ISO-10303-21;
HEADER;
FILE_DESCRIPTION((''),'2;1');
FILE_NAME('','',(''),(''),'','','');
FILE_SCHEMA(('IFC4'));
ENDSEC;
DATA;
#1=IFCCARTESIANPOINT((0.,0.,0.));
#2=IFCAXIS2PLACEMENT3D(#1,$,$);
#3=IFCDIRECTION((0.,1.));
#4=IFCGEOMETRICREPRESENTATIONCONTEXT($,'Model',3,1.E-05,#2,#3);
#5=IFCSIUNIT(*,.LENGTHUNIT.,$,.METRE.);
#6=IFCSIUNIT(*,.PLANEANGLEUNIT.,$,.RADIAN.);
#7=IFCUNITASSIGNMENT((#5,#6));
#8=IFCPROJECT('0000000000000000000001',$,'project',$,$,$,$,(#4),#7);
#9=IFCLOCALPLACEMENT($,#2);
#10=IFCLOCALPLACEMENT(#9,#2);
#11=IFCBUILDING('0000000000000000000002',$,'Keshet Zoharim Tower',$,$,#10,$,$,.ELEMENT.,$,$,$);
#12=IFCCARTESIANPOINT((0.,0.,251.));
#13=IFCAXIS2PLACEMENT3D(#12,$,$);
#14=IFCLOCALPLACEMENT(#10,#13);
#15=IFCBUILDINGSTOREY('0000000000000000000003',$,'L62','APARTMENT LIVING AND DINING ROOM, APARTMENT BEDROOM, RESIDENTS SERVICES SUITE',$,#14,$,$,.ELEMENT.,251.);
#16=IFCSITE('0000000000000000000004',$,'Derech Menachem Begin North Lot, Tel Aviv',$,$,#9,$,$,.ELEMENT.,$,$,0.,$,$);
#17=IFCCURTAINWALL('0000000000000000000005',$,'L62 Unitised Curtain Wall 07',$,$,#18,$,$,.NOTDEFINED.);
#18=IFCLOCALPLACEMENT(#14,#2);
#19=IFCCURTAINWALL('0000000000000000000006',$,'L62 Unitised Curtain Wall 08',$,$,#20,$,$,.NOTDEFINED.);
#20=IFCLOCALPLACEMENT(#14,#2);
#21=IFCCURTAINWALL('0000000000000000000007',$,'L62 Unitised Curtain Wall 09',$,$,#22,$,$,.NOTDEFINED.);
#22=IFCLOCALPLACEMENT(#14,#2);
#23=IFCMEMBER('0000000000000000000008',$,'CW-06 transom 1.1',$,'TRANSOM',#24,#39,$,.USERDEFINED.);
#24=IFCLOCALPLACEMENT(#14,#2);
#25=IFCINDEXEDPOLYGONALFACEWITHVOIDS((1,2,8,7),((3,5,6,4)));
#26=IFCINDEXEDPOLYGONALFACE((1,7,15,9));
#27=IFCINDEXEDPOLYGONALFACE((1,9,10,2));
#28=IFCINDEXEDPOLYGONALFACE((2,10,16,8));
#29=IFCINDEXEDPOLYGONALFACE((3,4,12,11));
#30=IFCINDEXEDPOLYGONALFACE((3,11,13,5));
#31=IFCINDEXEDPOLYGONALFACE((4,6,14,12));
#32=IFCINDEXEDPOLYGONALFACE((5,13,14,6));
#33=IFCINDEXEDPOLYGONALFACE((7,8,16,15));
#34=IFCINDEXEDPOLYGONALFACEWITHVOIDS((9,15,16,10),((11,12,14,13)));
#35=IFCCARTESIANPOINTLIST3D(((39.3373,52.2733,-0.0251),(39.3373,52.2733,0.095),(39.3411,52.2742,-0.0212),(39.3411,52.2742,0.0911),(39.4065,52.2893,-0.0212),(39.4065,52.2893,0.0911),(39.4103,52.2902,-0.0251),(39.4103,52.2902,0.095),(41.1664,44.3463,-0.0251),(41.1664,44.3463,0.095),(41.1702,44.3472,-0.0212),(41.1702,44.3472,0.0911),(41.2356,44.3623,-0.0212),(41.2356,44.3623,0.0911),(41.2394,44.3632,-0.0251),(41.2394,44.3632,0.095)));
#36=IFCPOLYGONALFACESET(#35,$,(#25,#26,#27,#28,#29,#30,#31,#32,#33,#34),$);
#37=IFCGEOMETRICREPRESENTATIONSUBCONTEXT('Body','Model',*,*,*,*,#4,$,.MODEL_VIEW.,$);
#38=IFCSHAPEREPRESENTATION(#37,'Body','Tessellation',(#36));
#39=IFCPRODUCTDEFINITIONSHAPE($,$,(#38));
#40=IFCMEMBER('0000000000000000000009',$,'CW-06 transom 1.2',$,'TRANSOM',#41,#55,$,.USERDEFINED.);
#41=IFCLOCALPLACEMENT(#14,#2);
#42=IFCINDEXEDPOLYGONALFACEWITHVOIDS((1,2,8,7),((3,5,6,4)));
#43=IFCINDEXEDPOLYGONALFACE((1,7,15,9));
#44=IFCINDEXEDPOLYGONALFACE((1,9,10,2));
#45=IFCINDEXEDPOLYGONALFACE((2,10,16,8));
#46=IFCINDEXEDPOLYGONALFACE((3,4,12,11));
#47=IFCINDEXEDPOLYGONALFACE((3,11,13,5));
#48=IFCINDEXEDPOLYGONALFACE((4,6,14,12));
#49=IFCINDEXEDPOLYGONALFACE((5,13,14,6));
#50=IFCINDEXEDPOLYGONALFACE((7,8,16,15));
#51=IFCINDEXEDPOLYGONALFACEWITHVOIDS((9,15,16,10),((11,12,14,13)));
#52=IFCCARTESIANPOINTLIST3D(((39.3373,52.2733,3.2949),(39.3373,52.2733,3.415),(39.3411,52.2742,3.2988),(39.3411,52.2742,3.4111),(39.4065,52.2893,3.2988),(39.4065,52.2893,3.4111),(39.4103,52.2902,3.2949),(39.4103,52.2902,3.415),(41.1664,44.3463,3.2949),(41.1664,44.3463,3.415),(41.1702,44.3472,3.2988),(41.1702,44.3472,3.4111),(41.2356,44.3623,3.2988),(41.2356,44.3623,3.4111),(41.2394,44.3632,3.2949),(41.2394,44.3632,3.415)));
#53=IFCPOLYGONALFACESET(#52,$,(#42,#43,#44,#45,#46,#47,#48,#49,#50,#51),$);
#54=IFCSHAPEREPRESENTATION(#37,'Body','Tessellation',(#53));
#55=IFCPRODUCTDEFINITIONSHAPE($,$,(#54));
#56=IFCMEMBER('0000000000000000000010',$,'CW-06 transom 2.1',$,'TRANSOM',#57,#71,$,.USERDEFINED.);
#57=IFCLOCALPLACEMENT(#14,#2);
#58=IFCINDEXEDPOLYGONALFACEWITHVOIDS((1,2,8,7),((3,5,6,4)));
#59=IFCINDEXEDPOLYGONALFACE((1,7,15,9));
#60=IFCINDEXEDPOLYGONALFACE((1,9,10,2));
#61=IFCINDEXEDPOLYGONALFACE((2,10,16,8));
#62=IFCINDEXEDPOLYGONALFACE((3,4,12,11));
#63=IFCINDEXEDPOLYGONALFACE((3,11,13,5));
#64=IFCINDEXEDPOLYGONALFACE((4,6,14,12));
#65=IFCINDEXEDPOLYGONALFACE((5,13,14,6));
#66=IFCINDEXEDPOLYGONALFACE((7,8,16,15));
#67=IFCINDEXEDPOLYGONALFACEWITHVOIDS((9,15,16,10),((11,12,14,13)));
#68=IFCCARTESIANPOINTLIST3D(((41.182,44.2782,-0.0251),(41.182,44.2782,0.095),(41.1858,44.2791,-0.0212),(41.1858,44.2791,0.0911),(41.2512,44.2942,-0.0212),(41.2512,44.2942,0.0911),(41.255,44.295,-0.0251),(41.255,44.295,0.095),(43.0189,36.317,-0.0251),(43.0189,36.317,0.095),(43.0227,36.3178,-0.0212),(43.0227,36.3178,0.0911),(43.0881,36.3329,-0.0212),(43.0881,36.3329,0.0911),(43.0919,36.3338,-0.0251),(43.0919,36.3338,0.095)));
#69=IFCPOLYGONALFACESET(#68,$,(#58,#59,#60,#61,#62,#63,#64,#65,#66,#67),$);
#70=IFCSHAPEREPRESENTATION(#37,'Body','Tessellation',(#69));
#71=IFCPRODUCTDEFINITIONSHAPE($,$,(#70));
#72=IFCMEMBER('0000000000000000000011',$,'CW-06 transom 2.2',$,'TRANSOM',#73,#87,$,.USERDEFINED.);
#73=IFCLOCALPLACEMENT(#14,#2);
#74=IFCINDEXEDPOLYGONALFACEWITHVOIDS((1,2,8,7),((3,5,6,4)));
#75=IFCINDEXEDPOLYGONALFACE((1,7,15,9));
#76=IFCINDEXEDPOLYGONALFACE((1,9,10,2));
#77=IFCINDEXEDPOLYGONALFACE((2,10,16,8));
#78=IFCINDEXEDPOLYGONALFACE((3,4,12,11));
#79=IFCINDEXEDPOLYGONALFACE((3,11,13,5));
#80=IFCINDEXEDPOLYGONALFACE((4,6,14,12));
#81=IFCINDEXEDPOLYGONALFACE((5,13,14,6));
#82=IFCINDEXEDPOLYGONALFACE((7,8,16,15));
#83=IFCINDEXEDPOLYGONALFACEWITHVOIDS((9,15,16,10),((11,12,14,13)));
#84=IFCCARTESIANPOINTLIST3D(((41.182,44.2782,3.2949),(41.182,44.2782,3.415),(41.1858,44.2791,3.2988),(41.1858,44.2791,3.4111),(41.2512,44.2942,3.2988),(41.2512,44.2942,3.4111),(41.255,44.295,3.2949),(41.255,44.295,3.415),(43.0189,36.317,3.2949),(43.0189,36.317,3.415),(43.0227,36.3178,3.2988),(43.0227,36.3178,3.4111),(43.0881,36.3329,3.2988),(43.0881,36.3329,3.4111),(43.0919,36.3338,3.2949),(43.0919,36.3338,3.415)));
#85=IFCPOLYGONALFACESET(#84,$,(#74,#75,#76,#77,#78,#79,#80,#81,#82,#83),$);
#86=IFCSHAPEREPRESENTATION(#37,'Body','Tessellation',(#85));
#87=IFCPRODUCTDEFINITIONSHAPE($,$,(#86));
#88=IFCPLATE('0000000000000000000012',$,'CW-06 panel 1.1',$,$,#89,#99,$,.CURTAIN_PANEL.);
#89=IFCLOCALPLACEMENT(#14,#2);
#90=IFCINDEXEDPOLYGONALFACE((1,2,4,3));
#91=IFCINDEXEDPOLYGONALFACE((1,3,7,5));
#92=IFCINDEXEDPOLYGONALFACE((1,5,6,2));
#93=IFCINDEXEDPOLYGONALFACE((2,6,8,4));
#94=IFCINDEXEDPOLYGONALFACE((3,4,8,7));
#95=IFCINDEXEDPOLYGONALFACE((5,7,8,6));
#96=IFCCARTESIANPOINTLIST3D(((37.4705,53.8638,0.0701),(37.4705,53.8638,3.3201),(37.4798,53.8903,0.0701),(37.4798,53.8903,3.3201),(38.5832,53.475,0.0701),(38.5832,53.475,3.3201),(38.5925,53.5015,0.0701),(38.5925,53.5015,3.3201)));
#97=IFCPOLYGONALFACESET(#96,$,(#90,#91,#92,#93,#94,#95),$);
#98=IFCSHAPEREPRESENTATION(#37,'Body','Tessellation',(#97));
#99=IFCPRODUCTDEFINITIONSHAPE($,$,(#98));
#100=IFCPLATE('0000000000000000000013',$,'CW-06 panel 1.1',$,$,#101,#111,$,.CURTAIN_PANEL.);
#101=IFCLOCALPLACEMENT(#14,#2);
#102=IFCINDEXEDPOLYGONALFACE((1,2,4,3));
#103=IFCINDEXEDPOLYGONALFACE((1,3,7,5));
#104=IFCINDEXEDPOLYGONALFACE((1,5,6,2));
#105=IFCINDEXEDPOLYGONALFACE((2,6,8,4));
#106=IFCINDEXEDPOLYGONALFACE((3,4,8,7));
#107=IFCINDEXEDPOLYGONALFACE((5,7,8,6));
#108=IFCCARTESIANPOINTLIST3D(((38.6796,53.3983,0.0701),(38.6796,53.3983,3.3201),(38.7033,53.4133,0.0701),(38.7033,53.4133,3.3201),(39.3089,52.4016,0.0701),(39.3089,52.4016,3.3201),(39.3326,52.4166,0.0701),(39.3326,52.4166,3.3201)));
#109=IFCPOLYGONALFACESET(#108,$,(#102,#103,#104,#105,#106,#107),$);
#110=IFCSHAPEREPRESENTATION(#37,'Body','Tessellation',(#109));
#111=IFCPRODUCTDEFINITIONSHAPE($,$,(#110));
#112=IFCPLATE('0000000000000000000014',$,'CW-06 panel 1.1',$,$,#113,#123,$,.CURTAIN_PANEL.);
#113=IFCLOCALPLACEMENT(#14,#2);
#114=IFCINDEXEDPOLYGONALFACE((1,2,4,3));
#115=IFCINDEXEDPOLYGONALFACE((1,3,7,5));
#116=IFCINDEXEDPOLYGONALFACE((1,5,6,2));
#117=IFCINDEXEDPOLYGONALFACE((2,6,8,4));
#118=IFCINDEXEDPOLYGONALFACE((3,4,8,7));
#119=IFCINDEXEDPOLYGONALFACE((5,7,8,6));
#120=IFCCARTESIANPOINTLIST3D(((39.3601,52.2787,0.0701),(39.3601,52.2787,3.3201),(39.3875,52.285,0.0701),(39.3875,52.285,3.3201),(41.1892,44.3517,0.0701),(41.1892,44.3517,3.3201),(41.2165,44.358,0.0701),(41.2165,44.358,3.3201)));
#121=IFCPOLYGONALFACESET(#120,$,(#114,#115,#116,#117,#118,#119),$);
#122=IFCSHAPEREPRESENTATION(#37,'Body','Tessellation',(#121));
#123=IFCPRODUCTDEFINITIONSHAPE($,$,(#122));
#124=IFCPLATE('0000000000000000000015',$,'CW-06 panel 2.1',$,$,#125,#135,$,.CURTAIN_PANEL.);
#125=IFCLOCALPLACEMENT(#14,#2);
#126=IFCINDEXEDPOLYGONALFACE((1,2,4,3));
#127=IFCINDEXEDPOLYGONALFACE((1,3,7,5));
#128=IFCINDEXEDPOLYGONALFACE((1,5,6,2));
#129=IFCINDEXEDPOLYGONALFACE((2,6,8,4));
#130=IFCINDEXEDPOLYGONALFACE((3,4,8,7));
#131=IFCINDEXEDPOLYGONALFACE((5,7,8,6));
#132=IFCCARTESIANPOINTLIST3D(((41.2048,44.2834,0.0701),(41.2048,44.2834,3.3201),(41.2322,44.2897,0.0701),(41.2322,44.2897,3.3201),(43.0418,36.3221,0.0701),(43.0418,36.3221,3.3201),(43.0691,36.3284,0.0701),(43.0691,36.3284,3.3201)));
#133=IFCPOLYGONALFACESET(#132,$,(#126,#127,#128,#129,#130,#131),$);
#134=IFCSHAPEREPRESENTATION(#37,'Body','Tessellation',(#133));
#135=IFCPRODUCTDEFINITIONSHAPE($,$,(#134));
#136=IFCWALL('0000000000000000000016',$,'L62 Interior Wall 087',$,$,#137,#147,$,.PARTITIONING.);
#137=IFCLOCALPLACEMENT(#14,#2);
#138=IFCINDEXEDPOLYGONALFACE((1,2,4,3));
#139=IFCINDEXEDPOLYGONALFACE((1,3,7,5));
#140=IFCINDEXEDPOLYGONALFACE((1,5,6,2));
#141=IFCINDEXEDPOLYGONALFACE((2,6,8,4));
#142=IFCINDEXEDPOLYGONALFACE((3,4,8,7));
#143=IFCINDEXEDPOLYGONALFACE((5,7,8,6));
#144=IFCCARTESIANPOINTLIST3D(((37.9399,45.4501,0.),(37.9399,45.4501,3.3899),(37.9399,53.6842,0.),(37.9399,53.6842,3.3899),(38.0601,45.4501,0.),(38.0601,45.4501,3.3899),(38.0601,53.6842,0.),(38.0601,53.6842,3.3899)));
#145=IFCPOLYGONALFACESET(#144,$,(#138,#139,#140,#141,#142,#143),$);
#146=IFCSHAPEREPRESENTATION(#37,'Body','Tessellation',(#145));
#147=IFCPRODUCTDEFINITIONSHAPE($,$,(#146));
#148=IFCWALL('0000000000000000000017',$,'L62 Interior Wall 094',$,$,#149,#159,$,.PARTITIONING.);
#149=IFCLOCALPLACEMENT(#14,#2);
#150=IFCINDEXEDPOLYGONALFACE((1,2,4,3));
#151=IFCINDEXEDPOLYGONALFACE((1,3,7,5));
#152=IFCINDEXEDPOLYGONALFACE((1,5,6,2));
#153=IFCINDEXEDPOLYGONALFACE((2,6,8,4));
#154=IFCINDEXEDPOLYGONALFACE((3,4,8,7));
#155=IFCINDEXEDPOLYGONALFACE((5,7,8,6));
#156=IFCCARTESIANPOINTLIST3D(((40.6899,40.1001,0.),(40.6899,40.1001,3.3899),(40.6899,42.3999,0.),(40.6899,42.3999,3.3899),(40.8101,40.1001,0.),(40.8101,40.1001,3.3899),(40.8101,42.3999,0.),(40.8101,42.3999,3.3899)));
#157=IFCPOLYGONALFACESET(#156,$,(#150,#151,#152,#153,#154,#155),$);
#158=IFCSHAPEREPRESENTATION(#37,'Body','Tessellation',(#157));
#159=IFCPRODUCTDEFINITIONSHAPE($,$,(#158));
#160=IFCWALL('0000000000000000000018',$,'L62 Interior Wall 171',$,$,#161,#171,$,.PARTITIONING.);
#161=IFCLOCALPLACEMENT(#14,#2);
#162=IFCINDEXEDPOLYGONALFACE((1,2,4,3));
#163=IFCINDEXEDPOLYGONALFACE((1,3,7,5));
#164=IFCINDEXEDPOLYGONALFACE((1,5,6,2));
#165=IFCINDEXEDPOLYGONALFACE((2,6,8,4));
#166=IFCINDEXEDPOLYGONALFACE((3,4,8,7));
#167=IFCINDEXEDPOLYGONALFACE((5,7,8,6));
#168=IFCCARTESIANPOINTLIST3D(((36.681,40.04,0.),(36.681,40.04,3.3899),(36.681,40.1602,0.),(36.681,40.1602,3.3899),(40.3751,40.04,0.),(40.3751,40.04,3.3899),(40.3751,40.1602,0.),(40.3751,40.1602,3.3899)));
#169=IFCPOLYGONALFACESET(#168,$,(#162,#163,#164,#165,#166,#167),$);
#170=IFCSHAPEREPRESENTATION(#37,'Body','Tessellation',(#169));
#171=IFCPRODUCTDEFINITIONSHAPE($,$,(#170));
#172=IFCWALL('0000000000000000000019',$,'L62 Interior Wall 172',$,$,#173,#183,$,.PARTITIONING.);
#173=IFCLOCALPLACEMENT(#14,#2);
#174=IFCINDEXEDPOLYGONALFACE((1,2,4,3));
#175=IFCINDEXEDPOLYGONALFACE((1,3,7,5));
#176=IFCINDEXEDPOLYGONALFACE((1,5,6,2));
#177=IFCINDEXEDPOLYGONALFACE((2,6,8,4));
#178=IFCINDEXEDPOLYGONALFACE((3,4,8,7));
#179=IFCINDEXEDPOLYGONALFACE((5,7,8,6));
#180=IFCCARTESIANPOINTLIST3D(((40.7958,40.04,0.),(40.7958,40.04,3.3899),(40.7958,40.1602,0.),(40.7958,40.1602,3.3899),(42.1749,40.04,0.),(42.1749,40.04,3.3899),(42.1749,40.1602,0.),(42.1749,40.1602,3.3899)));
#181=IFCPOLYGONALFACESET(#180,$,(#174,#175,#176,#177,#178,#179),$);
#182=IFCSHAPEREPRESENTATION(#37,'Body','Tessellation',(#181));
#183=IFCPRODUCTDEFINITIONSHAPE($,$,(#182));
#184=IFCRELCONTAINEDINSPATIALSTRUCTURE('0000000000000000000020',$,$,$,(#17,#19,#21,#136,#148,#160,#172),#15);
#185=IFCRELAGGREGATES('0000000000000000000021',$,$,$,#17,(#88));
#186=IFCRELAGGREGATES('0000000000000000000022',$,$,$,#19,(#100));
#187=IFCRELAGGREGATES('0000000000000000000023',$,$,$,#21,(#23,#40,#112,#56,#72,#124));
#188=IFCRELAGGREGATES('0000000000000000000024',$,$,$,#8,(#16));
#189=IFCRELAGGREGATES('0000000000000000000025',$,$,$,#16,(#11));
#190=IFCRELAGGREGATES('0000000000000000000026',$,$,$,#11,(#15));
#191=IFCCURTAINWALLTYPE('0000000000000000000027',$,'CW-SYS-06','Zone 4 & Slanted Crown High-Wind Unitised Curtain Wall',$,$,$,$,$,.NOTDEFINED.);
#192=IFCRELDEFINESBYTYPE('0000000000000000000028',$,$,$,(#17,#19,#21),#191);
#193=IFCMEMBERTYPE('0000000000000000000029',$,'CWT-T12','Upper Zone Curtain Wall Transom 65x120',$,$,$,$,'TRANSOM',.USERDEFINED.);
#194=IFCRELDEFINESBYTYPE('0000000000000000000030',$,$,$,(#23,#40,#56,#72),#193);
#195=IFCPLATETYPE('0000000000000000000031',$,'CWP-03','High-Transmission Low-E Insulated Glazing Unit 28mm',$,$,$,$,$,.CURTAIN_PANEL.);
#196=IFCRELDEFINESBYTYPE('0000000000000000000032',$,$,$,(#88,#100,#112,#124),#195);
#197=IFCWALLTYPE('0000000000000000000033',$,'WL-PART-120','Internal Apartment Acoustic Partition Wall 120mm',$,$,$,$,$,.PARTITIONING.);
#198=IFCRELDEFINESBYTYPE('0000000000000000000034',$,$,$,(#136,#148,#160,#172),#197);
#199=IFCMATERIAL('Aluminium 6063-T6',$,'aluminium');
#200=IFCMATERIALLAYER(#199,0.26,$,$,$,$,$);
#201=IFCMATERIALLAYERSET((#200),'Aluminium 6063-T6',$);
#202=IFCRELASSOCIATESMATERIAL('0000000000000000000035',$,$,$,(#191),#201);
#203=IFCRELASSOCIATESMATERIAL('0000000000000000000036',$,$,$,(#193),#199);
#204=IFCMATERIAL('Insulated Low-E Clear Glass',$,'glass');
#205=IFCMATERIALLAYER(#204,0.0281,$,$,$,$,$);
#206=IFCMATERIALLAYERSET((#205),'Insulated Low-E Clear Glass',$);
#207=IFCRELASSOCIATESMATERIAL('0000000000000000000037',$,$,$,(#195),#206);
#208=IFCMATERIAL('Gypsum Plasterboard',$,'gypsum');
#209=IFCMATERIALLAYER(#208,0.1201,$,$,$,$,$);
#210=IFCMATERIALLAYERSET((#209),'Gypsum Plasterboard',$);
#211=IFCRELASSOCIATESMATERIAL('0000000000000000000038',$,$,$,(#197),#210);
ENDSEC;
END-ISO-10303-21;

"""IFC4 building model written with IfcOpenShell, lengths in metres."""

from ifc_helpers import new_model, si_unit, direction, frame, frame_2d, origin, origin_2d, place, context, subcontext, project, spatial, rectangle, hollow_rectangle, extrude, material, layer, layer_set, material_profile, profile_set, type_object, element, aggregate, save


model = new_model("IFC4")

# Units and contexts
model_context = context("Model", 3, precision=1e-05, world=origin(), true_north=direction((0.0, 1.0)))
body_context = subcontext(model_context, "Body", "Model", "MODEL_VIEW")
ifc_project = project(units=[si_unit("LENGTHUNIT", "METRE"), si_unit("PLANEANGLEUNIT", "RADIAN")], contexts=[model_context])

# Site, building, storey
site_placement = place(None, origin())
site = spatial("IfcSite", under=ifc_project, at=site_placement, Name="Derech Menachem Begin North Lot, Tel Aviv", CompositionType="ELEMENT", RefElevation=0.0)
building_placement = place(site_placement, origin())
building = spatial("IfcBuilding", under=site, at=building_placement, Name="Keshet Zoharim Tower", CompositionType="ELEMENT")
storey_placement = place(building_placement, frame((0.0, 0.0, 251.0)))
storey = spatial("IfcBuildingStorey", under=building, at=storey_placement, Name="L62", Description="APARTMENT LIVING AND DINING ROOM, APARTMENT BEDROOM, RESIDENTS SERVICES SUITE", CompositionType="ELEMENT", Elevation=251.0)

# Shared definitions
ifc_material_1 = material(Name="Aluminium 6063-T6", Category="aluminium")
ifc_layer_1 = layer(ifc_material_1, 0.26)
ifc_layer_set_1 = layer_set([ifc_layer_1], Name="Aluminium 6063-T6")
curtain_wall_type = type_object("IfcCurtainWallType", Name="CW-SYS-06", Description="Zone 4 & Slanted Crown High-Wind Unitised Curtain Wall", PredefinedType="NOTDEFINED", material=ifc_layer_set_1)

# Curtain walls
curtain_wall_1_placement = place(storey_placement, origin())
curtain_wall_1 = element("IfcCurtainWall", 1, at=curtain_wall_1_placement, inside=storey, type_object=curtain_wall_type, Name="L62 Unitised Curtain Wall 07", PredefinedType="NOTDEFINED")
curtain_wall_2_placement = place(storey_placement, origin())
curtain_wall_2 = element("IfcCurtainWall", 2, at=curtain_wall_2_placement, inside=storey, type_object=curtain_wall_type, Name="L62 Unitised Curtain Wall 08", PredefinedType="NOTDEFINED")
curtain_wall_3_placement = place(storey_placement, origin())
curtain_wall_3 = element("IfcCurtainWall", 3, at=curtain_wall_3_placement, inside=storey, type_object=curtain_wall_type, Name="L62 Unitised Curtain Wall 09", PredefinedType="NOTDEFINED")

# Members
ifc_material_profile_1 = material_profile(ifc_material_1, hollow_rectangle(XDim=0.075, YDim=0.1201, WallThickness=0.0039, at=origin_2d()), Name="TRN-75x120")
ifc_profile_set_1 = profile_set([ifc_material_profile_1], Name="Aluminium 6063-T6")
member_type_1 = type_object("IfcMemberType", Name="CWT-T12", Description="Upper Zone Curtain Wall Transom 65x120", ElementType="TRANSOM", PredefinedType="USERDEFINED", material=ifc_profile_set_1)
member_1_placement = place(storey_placement, frame((39.3738, 52.2817, 0.0349), z_axis=(0.224835, -0.974397, 0.0), x_axis=(0.974397, 0.224835, 0.0)))
member_1 = element("IfcMember", 4, at=member_1_placement, type_object=member_type_1, Name="CW-06 transom 1.1", ObjectType="TRANSOM", PredefinedType="USERDEFINED", context=body_context, shape_type="SweptSolid", body=[
    extrude(hollow_rectangle(XDim=0.075, YDim=0.1201, WallThickness=0.0039, at=origin_2d()), origin(), (0.0, 0.0, 1.0), 8.1353),
])
member_2_placement = place(storey_placement, frame((39.3738, 52.2817, 3.355), z_axis=(0.224835, -0.974397, 0.0), x_axis=(0.974397, 0.224835, 0.0)))
member_2 = element("IfcMember", 5, at=member_2_placement, type_object=member_type_1, Name="CW-06 transom 1.2", ObjectType="TRANSOM", PredefinedType="USERDEFINED", context=body_context, shape_type="SweptSolid", body=[
    extrude(hollow_rectangle(XDim=0.075, YDim=0.1201, WallThickness=0.0039, at=origin_2d()), origin(), (0.0, 0.0, 1.0), 8.1353),
])
member_3_placement = place(storey_placement, frame((41.2185, 44.2866, 0.0349), z_axis=(0.224827, -0.974399, 0.0), x_axis=(0.974399, 0.224827, 0.0)))
member_3 = element("IfcMember", 6, at=member_3_placement, type_object=member_type_1, Name="CW-06 transom 2.1", ObjectType="TRANSOM", PredefinedType="USERDEFINED", context=body_context, shape_type="SweptSolid", body=[
    extrude(hollow_rectangle(XDim=0.075, YDim=0.1201, WallThickness=0.0039, at=origin_2d()), origin(), (0.0, 0.0, 1.0), 8.1704),
])
member_4_placement = place(storey_placement, frame((41.2185, 44.2866, 3.355), z_axis=(0.224827, -0.974399, 0.0), x_axis=(0.974399, 0.224827, 0.0)))
member_4 = element("IfcMember", 7, at=member_4_placement, type_object=member_type_1, Name="CW-06 transom 2.2", ObjectType="TRANSOM", PredefinedType="USERDEFINED", context=body_context, shape_type="SweptSolid", body=[
    extrude(hollow_rectangle(XDim=0.075, YDim=0.1201, WallThickness=0.0039, at=origin_2d()), origin(), (0.0, 0.0, 1.0), 8.1704),
])

# Plates
ifc_material_2 = material(Name="Insulated Low-E Clear Glass", Category="glass")
ifc_layer_2 = layer(ifc_material_2, 0.0281)
ifc_layer_set_2 = layer_set([ifc_layer_2], Name="Insulated Low-E Clear Glass")
plate_type = type_object("IfcPlateType", Name="CWP-03", Description="High-Transmission Low-E Insulated Glazing Unit 28mm", PredefinedType="CURTAIN_PANEL", material=ifc_layer_set_2)
plate_1_placement = place(storey_placement, frame((38.0315, 53.6826, 0.0701), z_axis=(0.0, 0.0, 1.0), x_axis=(0.944036, -0.329844, 0.0)))
plate_1 = element("IfcPlate", 8, at=plate_1_placement, type_object=plate_type, Name="CW-06 panel 1.1", PredefinedType="CURTAIN_PANEL", context=body_context, shape_type="SweptSolid", body=[
    extrude(rectangle(XDim=1.1787, YDim=0.0281, at=origin_2d()), origin(), (0.0, 0.0, 1.0), 3.25),
])
aggregate(curtain_wall_1, [plate_1])
plate_2_placement = place(storey_placement, frame((39.0061, 52.9075, 0.0701), z_axis=(0.0, 0.0, 1.0), x_axis=(0.533879, -0.845561, 0.0)))
plate_2 = element("IfcPlate", 9, at=plate_2_placement, type_object=plate_type, Name="CW-06 panel 1.1", PredefinedType="CURTAIN_PANEL", context=body_context, shape_type="SweptSolid", body=[
    extrude(rectangle(XDim=1.1787, YDim=0.0281, at=origin_2d()), origin(), (0.0, 0.0, 1.0), 3.25),
])
aggregate(curtain_wall_2, [plate_2])
plate_3_placement = place(storey_placement, frame((40.2883, 48.3184, 0.0701), z_axis=(0.0, 0.0, 1.0), x_axis=(0.22483, -0.974398, 0.0)))
plate_3 = element("IfcPlate", 10, at=plate_3_placement, type_object=plate_type, Name="CW-06 panel 1.1", PredefinedType="CURTAIN_PANEL", context=body_context, shape_type="SweptSolid", body=[
    extrude(rectangle(XDim=8.1353, YDim=0.0281, at=origin_2d()), origin(), (0.0, 0.0, 1.0), 3.25),
])
plate_4_placement = place(storey_placement, frame((42.137, 40.3059, 0.0701), z_axis=(0.0, 0.0, 1.0), x_axis=(0.22483, -0.974398, 0.0)))
plate_4 = element("IfcPlate", 11, at=plate_4_placement, type_object=plate_type, Name="CW-06 panel 2.1", PredefinedType="CURTAIN_PANEL", context=body_context, shape_type="SweptSolid", body=[
    extrude(rectangle(XDim=8.1704, YDim=0.0281, at=origin_2d()), origin(), (0.0, 0.0, 1.0), 3.25),
])
aggregate(curtain_wall_3, [member_1, member_2, plate_3, member_3, member_4, plate_4])

# Walls
ifc_material_3 = material(Name="Gypsum Plasterboard", Category="gypsum")
ifc_layer_3 = layer(ifc_material_3, 0.1201)
ifc_layer_set_3 = layer_set([ifc_layer_3], Name="Gypsum Plasterboard")
wall_type = type_object("IfcWallType", Name="WL-PART-120", Description="Internal Apartment Acoustic Partition Wall 120mm", PredefinedType="PARTITIONING", material=ifc_layer_set_3)
wall_1_placement = place(storey_placement, frame((38.0, 45.45, 0.0), z_axis=(0.0, 0.0, 1.0), x_axis=(0.0, 1.0, 0.0)))
element("IfcWall", 12, at=wall_1_placement, inside=storey, type_object=wall_type, Name="L62 Interior Wall 087", PredefinedType="PARTITIONING", context=body_context, shape_type="SweptSolid", body=[
    extrude(rectangle(XDim=8.2341, YDim=0.1201, at=frame_2d((4.1172, 0.0))), origin(), (0.0, 0.0, 1.0), 3.3899),
])
wall_2_placement = place(storey_placement, frame((40.75, 40.1001, 0.0), z_axis=(0.0, 0.0, 1.0), x_axis=(0.0, 1.0, 0.0)))
element("IfcWall", 13, at=wall_2_placement, inside=storey, type_object=wall_type, Name="L62 Interior Wall 094", PredefinedType="PARTITIONING", context=body_context, shape_type="SweptSolid", body=[
    extrude(rectangle(XDim=2.2998, YDim=0.1201, at=frame_2d((1.1499, 0.0))), origin(), (0.0, 0.0, 1.0), 3.3899),
])
wall_3_placement = place(storey_placement, frame((36.6809, 40.1001, 0.0), z_axis=(0.0, 0.0, 1.0), x_axis=(1.0, 0.0, 0.0)))
element("IfcWall", 14, at=wall_3_placement, inside=storey, type_object=wall_type, Name="L62 Interior Wall 171", PredefinedType="PARTITIONING", context=body_context, shape_type="SweptSolid", body=[
    extrude(rectangle(XDim=3.6941, YDim=0.1201, at=frame_2d((1.8472, 0.0))), origin(), (0.0, 0.0, 1.0), 3.3899),
])
wall_4_placement = place(storey_placement, frame((40.7959, 40.1001, 0.0), z_axis=(0.0, 0.0, 1.0), x_axis=(1.0, 0.0, 0.0)))
element("IfcWall", 15, at=wall_4_placement, inside=storey, type_object=wall_type, Name="L62 Interior Wall 172", PredefinedType="PARTITIONING", context=body_context, shape_type="SweptSolid", body=[
    extrude(rectangle(XDim=1.3792, YDim=0.1201, at=frame_2d((0.6895, 0.0))), origin(), (0.0, 0.0, 1.0), 3.3899),
])

save(model, "model.ifc")
